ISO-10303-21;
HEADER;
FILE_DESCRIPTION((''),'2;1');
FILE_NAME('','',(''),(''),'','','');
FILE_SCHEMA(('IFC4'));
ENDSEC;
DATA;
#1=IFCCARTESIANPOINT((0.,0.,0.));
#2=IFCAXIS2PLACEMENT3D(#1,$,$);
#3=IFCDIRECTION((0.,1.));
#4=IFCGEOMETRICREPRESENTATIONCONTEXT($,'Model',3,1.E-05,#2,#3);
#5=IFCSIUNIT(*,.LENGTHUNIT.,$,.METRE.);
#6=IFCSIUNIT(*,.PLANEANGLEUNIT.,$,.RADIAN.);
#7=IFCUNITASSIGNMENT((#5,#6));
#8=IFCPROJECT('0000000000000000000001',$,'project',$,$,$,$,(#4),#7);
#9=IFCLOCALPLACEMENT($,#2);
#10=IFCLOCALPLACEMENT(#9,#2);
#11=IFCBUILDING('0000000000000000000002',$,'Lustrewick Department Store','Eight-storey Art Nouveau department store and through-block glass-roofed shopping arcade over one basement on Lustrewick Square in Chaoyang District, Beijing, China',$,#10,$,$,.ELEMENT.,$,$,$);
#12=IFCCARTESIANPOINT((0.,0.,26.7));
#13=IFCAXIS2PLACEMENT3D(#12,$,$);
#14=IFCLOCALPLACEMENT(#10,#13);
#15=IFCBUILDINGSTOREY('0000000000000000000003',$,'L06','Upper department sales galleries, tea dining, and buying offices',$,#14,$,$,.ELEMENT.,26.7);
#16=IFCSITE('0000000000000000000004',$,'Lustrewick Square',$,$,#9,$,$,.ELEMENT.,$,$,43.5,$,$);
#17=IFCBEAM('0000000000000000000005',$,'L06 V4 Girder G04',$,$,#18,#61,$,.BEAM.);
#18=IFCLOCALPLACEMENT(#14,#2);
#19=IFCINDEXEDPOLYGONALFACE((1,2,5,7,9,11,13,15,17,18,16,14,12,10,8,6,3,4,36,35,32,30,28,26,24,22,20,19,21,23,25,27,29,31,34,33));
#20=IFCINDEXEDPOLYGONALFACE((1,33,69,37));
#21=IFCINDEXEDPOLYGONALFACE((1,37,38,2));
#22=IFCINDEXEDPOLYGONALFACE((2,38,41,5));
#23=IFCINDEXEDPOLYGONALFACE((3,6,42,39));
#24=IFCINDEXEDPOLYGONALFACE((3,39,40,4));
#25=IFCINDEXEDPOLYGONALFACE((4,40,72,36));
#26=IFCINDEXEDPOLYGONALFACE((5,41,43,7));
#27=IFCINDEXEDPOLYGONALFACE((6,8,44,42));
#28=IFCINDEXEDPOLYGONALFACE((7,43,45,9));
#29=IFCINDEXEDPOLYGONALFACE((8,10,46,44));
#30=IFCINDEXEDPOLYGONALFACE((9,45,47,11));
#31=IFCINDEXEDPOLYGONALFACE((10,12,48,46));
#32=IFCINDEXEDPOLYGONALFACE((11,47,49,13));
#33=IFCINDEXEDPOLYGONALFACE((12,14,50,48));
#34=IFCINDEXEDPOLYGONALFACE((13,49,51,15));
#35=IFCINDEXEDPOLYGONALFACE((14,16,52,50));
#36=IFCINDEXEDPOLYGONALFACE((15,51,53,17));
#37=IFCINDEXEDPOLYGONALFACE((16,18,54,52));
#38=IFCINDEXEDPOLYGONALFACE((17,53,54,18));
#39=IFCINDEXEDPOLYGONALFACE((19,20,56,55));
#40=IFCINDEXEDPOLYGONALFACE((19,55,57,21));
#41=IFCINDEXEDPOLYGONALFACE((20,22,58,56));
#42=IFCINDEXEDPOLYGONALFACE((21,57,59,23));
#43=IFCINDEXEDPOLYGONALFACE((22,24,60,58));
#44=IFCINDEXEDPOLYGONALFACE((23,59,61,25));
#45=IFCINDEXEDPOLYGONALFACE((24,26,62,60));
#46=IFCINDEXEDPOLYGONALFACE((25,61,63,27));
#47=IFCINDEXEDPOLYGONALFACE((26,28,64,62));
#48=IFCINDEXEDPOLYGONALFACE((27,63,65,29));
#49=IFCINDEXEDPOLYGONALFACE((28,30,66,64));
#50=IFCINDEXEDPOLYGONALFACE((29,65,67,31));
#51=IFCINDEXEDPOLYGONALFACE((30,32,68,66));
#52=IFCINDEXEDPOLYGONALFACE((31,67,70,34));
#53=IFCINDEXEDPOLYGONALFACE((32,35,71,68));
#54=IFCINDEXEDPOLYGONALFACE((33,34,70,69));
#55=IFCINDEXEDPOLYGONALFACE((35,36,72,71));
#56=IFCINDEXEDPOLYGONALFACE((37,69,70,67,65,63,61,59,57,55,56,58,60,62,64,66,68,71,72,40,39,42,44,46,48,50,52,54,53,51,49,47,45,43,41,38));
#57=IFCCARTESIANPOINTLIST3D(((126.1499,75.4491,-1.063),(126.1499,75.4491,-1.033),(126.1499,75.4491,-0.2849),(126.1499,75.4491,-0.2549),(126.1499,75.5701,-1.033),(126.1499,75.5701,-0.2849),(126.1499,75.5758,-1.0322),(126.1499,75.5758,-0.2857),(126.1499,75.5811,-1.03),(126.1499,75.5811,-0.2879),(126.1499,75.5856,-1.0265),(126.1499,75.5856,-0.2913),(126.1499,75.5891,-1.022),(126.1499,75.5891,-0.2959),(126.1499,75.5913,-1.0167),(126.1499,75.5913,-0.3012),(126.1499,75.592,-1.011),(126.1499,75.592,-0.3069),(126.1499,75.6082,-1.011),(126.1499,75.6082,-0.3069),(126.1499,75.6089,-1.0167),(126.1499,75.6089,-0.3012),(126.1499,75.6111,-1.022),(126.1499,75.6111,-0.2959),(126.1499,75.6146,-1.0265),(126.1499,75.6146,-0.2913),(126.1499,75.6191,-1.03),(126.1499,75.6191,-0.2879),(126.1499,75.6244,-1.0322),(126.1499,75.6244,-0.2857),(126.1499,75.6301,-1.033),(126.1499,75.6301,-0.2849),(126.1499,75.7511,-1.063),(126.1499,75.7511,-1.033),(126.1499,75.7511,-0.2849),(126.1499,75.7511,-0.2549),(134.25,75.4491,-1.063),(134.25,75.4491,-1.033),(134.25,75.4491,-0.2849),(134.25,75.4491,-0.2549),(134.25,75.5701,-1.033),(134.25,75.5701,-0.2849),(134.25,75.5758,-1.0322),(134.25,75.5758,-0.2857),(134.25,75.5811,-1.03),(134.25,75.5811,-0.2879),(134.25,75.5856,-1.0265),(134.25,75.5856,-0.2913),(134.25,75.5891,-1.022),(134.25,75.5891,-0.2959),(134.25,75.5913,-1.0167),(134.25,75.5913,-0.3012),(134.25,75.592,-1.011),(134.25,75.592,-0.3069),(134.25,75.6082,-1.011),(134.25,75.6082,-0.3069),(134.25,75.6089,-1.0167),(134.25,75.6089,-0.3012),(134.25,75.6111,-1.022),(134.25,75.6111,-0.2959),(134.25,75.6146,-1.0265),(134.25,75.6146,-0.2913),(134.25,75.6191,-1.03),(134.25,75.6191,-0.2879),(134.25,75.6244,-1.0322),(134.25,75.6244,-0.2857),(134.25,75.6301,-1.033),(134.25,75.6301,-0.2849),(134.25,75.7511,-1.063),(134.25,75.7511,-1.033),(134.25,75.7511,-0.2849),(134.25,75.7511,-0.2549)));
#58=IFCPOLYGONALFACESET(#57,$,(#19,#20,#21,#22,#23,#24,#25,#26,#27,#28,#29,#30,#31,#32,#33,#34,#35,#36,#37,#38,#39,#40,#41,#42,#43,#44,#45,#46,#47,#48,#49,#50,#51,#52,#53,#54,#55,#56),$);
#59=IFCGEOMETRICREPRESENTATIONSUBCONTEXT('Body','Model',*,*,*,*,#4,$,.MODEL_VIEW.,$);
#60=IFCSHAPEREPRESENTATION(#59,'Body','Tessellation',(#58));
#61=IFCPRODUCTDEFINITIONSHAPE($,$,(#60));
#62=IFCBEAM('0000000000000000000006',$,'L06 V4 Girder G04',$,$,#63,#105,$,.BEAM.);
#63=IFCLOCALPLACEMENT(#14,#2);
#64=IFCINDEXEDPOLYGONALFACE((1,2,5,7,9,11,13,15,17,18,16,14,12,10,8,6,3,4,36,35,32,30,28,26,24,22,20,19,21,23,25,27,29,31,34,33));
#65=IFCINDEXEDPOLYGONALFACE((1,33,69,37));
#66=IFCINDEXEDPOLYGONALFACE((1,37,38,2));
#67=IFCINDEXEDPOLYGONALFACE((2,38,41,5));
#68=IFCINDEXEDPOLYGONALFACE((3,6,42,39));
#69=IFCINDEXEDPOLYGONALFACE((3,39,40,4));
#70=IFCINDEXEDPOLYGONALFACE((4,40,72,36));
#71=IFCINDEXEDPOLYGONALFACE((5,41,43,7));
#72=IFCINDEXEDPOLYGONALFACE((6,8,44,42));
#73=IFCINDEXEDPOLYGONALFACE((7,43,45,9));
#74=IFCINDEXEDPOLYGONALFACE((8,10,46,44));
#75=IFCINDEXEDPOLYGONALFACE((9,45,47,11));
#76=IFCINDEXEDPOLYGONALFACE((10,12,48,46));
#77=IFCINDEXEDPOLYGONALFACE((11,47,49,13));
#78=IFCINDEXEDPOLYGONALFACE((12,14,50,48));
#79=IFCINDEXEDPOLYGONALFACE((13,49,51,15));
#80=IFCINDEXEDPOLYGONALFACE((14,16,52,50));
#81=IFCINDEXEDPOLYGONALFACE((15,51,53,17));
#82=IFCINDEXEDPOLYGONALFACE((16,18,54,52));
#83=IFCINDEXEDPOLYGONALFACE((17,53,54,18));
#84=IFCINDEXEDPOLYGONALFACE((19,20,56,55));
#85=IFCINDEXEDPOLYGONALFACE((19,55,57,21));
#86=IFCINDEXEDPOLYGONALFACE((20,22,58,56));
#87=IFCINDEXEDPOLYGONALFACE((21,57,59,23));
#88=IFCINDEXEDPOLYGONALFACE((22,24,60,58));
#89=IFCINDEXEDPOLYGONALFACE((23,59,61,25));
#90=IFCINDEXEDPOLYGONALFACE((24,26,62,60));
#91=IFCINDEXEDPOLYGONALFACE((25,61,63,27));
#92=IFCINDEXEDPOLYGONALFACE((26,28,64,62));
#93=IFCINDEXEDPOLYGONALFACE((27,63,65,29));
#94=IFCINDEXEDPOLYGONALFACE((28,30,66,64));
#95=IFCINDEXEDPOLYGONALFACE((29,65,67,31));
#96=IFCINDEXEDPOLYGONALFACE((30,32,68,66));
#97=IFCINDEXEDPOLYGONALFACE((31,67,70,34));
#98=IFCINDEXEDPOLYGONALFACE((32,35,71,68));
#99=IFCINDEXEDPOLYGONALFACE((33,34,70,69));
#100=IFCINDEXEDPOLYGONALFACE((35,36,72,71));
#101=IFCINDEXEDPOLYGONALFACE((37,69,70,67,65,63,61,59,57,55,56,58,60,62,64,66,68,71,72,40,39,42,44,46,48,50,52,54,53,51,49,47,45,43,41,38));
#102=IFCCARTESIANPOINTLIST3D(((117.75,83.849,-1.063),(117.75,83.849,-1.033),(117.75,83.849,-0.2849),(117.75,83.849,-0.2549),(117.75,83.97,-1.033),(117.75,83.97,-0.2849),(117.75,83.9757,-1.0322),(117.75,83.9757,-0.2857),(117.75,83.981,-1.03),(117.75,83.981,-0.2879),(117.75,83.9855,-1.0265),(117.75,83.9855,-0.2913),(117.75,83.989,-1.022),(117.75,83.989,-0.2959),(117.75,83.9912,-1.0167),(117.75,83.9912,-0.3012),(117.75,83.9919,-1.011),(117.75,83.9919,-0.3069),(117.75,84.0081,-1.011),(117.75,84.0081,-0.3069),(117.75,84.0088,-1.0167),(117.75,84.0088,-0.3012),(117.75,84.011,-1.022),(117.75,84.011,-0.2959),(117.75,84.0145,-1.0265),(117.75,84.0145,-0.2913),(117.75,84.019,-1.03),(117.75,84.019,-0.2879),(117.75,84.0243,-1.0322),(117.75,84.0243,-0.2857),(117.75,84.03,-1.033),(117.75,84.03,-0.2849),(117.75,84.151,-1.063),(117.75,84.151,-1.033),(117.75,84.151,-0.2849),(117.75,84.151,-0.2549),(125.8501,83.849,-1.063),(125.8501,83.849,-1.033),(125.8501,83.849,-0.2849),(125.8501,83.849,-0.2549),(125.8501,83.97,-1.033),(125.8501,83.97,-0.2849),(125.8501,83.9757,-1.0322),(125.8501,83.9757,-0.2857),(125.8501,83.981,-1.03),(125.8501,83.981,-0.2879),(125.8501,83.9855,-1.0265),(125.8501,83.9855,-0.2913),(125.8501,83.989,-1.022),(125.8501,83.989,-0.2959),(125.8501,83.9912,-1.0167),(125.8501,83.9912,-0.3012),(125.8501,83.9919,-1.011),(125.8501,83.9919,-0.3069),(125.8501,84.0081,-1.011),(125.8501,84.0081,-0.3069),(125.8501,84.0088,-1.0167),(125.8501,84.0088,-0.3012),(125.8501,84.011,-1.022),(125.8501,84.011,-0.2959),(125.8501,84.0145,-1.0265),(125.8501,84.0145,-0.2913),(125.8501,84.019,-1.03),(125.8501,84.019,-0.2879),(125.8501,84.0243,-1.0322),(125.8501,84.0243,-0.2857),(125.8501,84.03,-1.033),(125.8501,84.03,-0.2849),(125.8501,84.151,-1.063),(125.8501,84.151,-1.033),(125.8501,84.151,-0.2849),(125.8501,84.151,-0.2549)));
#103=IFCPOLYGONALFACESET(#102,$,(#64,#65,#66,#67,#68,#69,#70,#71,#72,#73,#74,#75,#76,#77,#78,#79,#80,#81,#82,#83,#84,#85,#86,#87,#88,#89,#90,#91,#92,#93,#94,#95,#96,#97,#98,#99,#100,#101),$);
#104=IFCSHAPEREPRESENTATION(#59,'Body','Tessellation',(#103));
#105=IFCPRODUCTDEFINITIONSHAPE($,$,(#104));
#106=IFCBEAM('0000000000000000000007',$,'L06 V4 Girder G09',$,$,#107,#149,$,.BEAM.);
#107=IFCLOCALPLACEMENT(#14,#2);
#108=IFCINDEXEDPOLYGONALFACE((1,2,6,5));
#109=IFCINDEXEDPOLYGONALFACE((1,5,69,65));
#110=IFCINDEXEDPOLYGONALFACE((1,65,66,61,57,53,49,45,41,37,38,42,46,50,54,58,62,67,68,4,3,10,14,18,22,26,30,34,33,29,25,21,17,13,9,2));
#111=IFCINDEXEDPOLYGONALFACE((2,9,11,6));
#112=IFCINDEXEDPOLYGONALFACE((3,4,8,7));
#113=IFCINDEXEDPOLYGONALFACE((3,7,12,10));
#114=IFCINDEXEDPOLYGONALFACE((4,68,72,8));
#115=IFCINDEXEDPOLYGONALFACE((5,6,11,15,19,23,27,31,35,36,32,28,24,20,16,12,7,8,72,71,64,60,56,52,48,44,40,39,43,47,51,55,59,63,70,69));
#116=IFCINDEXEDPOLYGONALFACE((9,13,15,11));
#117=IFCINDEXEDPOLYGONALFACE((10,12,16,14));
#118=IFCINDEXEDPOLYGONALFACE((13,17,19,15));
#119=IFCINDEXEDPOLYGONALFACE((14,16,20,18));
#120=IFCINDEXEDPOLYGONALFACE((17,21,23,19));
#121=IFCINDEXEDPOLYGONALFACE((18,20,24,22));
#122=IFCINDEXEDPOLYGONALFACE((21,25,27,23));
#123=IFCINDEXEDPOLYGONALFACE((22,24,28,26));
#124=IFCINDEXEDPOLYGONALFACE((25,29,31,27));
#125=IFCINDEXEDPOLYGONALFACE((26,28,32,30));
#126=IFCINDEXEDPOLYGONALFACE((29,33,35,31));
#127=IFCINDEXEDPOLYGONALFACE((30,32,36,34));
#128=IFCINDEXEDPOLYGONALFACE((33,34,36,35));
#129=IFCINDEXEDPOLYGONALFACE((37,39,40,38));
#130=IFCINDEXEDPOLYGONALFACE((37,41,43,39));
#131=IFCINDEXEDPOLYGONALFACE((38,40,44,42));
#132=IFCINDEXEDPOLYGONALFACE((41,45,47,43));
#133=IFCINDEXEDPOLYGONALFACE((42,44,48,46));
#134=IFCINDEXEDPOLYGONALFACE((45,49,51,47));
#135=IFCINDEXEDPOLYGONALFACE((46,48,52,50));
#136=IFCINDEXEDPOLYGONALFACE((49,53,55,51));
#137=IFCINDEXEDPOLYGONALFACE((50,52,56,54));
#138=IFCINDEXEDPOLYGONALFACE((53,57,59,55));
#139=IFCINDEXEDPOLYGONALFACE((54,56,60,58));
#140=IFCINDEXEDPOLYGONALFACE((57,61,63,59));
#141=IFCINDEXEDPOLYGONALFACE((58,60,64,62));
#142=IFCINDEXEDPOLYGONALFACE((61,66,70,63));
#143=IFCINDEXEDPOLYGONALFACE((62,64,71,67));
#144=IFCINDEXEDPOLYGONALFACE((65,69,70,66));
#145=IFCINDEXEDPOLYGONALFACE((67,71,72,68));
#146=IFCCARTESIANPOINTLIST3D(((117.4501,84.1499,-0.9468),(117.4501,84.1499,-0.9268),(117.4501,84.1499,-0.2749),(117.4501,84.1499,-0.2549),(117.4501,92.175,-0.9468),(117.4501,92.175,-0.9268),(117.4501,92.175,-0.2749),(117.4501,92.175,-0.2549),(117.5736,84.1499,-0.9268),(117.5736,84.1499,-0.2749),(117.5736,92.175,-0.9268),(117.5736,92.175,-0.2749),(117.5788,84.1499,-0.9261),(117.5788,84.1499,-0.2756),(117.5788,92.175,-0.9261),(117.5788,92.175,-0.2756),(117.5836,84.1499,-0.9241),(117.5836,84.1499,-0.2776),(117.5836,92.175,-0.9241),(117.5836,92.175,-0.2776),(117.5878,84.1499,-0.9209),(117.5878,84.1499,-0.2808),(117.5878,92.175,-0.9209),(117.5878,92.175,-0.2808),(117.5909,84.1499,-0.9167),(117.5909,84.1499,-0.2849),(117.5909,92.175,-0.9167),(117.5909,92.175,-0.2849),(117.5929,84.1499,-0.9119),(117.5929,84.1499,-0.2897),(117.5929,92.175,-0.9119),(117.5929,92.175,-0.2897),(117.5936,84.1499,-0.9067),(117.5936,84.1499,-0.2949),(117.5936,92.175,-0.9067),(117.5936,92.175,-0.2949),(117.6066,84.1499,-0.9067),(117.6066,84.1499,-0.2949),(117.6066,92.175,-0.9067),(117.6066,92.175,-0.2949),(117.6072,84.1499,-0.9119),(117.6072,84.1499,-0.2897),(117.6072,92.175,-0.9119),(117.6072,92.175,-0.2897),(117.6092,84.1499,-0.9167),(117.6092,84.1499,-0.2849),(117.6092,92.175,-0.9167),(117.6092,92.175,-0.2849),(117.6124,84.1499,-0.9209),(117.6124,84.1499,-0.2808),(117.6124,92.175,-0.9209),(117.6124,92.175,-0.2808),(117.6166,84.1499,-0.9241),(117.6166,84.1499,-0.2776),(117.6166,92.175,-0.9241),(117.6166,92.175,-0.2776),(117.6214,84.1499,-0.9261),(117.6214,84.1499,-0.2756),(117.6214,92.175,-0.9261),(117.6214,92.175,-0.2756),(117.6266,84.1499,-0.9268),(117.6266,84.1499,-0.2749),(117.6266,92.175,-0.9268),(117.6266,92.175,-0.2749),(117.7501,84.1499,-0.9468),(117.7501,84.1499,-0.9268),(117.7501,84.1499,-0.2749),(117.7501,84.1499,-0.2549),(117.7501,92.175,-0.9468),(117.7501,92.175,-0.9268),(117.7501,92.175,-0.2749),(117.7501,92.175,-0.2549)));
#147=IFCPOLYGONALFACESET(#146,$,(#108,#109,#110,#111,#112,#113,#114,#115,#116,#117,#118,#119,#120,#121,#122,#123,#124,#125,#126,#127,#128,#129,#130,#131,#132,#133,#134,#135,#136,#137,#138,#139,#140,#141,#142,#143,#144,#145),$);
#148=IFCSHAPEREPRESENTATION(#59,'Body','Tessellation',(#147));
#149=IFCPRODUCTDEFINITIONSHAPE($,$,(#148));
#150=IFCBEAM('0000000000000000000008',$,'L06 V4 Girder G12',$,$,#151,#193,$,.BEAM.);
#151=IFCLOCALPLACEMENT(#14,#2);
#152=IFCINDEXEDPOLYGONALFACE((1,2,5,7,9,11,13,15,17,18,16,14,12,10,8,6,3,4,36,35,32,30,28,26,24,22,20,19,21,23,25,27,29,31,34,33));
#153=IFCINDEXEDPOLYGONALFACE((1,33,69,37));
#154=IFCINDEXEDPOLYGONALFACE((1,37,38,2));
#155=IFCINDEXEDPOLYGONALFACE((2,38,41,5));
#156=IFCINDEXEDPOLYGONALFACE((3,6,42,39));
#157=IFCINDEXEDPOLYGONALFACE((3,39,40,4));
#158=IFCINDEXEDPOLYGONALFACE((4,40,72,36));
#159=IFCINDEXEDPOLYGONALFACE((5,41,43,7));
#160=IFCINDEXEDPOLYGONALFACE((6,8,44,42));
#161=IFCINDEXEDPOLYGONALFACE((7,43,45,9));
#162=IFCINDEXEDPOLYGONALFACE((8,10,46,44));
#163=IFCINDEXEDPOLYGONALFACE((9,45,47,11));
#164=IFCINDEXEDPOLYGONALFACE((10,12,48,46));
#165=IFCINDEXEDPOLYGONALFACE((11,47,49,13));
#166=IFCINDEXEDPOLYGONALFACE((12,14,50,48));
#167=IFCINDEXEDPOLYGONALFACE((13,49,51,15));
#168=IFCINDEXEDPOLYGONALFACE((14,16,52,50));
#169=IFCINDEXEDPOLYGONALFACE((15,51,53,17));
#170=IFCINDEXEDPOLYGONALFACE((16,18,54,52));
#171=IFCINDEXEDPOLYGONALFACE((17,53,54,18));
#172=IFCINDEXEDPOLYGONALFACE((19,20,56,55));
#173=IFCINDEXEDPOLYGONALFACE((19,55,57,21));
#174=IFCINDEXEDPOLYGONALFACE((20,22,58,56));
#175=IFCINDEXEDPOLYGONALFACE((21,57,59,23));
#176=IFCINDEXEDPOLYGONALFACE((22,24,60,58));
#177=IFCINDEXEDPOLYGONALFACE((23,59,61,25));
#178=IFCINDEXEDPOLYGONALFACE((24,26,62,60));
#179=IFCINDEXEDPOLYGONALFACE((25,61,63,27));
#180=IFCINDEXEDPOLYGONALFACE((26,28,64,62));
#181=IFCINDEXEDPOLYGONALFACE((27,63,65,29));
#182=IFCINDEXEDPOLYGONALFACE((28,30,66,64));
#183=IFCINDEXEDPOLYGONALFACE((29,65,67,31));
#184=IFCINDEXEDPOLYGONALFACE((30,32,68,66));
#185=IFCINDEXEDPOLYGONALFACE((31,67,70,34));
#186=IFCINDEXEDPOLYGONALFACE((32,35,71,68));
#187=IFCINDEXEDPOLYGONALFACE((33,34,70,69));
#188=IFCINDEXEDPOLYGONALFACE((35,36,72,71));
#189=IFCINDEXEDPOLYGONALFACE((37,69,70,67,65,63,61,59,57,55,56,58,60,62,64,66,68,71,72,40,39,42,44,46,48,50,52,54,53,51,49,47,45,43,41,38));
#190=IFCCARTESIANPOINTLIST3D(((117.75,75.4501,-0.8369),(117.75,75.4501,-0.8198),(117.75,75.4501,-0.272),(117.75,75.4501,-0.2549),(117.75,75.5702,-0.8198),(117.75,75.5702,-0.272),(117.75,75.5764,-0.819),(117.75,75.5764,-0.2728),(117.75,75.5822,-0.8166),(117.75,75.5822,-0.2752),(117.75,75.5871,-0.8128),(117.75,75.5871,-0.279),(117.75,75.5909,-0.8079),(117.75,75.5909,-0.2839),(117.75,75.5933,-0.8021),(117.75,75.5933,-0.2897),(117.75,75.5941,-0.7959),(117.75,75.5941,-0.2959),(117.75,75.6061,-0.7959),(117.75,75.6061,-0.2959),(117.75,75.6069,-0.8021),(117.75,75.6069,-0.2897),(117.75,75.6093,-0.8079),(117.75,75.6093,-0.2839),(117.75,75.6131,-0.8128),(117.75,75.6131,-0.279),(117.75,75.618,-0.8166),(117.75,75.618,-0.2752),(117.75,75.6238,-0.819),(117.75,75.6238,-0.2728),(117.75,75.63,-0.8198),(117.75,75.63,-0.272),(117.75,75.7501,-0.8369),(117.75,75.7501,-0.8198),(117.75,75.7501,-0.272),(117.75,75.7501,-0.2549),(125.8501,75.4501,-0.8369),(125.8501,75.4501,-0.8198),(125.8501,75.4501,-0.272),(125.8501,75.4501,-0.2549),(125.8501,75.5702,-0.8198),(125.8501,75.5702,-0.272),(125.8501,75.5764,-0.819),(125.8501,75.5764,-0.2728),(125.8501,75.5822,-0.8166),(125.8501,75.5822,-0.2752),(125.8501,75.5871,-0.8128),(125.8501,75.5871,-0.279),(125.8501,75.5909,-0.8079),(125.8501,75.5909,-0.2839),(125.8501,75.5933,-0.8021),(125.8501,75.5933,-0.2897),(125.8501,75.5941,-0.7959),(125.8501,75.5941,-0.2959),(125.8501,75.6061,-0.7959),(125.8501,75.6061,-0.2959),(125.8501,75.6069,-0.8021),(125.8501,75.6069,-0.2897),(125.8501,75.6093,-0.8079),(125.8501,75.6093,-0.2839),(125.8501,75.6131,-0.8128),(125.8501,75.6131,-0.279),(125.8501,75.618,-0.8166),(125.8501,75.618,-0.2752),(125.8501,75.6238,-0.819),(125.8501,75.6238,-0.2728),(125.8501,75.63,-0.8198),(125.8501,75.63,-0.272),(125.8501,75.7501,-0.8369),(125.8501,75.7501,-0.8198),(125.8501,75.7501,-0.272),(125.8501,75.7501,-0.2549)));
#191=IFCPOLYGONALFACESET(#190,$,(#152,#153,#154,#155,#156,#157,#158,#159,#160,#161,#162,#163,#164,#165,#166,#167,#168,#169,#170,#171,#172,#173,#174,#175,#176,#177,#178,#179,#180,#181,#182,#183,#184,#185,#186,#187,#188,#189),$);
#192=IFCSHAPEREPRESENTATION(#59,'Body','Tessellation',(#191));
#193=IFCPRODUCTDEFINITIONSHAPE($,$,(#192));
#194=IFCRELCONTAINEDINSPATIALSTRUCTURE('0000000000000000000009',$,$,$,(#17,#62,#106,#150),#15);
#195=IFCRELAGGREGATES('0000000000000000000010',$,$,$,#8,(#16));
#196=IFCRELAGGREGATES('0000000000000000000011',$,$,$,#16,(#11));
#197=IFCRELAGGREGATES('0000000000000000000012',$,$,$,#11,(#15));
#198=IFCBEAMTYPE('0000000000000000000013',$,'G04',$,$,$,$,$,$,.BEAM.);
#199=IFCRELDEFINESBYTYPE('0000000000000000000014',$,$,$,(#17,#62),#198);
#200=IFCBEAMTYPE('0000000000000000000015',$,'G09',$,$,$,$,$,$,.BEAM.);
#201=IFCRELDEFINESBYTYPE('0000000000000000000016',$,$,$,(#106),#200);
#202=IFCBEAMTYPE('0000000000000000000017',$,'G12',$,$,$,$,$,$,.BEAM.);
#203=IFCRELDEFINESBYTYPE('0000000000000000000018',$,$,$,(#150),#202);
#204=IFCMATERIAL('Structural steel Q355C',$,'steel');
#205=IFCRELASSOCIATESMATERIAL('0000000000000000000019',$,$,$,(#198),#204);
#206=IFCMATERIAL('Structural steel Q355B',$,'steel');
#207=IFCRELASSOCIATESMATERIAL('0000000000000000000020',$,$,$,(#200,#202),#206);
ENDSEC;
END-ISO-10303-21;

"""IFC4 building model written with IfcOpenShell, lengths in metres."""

from ifc_helpers import new_model, si_unit, direction, frame, origin, origin_2d, place, context, subcontext, project, spatial, i_section, extrude, material, material_profile, profile_set, type_object, element, save


model = new_model("IFC4")

# Units and contexts
model_context = context("Model", 3, precision=1e-05, world=origin(), true_north=direction((0.0, 1.0)))
body_context = subcontext(model_context, "Body", "Model", "MODEL_VIEW")
ifc_project = project(units=[si_unit("LENGTHUNIT", "METRE"), si_unit("PLANEANGLEUNIT", "RADIAN")], contexts=[model_context])

# Site, building, storey
site_placement = place(None, origin())
site = spatial("IfcSite", under=ifc_project, at=site_placement, Name="Lustrewick Square", CompositionType="ELEMENT", RefElevation=43.5)
building_placement = place(site_placement, origin())
building = spatial("IfcBuilding", under=site, at=building_placement, Name="Lustrewick Department Store", Description="Eight-storey Art Nouveau department store and through-block glass-roofed shopping arcade over one basement on Lustrewick Square in Chaoyang District, Beijing, China", CompositionType="ELEMENT")
storey_placement = place(building_placement, frame((0.0, 0.0, 26.7)))
storey = spatial("IfcBuildingStorey", under=building, at=storey_placement, Name="L06", Description="Upper department sales galleries, tea dining, and buying offices", CompositionType="ELEMENT", Elevation=26.7)

# Shared definitions
ifc_material_1 = material(Name="Structural steel Q355B", Category="steel")

# Beams
ifc_material_2 = material(Name="Structural steel Q355C", Category="steel")
ifc_material_profile_1 = material_profile(ifc_material_2, i_section(OverallWidth=0.302, OverallDepth=0.8081, WebThickness=0.0161, FlangeThickness=0.03, FilletRadius=0.022, at=origin_2d()), Name="HN 808x302x16x30")
ifc_profile_set_1 = profile_set([ifc_material_profile_1], Name="Structural steel Q355C")
beam_type_1 = type_object("IfcBeamType", Name="G04", PredefinedType="BEAM", material=ifc_profile_set_1)
for number, where, z_axis, x_axis, name in (
    (1, (126.1499, 75.6001, -0.6589), (1.0, 0.0, 0.0), (0.0, 1.0, 0.0), "L06 V4 Girder G04"),
    (2, (117.75, 84.0, -0.6589), (1.0, 0.0, 0.0), (0.0, 1.0, 0.0), "L06 V4 Girder G04"),
):
    element("IfcBeam", number, at=place(storey_placement, frame(where, z_axis=z_axis, x_axis=x_axis)), inside=storey, type_object=beam_type_1, Name=name, PredefinedType="BEAM", context=body_context, shape_type="SweptSolid", body=[
        extrude(i_section(OverallWidth=0.302, OverallDepth=0.8081, WebThickness=0.0161, FlangeThickness=0.03, FilletRadius=0.022, at=origin_2d()), origin(), (0.0, 0.0, 1.0), 8.1001),
    ])
ifc_material_profile_2 = material_profile(ifc_material_1, i_section(OverallWidth=0.3, OverallDepth=0.6919, WebThickness=0.0129, FlangeThickness=0.02, FilletRadius=0.02, at=origin_2d()), Name="HN 692x300x13x20")
ifc_profile_set_2 = profile_set([ifc_material_profile_2], Name="Structural steel Q355B")
beam_type_2 = type_object("IfcBeamType", Name="G09", PredefinedType="BEAM", material=ifc_profile_set_2)
beam_1_placement = place(storey_placement, frame((117.6001, 84.1499, -0.6008), z_axis=(0.0, 1.0, 0.0), x_axis=(-1.0, 0.0, 0.0)))
element("IfcBeam", 3, at=beam_1_placement, inside=storey, type_object=beam_type_2, Name="L06 V4 Girder G09", PredefinedType="BEAM", context=body_context, shape_type="SweptSolid", body=[
    extrude(i_section(OverallWidth=0.3, OverallDepth=0.6919, WebThickness=0.0129, FlangeThickness=0.02, FilletRadius=0.02, at=origin_2d()), origin(), (0.0, 0.0, 1.0), 8.0251),
])
ifc_material_profile_3 = material_profile(ifc_material_1, i_section(OverallWidth=0.3, OverallDepth=0.582, WebThickness=0.012, FlangeThickness=0.0171, FilletRadius=0.0239, at=origin_2d()), Name="HM 582x300x12x17")
ifc_profile_set_3 = profile_set([ifc_material_profile_3], Name="Structural steel Q355B")
beam_type_3 = type_object("IfcBeamType", Name="G12", PredefinedType="BEAM", material=ifc_profile_set_3)
for number, where, z_axis, x_axis, name in (
    (4, (117.75, 75.6001, -0.5459), (1.0, 0.0, 0.0), (0.0, 1.0, 0.0), "L06 V4 Girder G12"),
):
    element("IfcBeam", number, at=place(storey_placement, frame(where, z_axis=z_axis, x_axis=x_axis)), inside=storey, type_object=beam_type_3, Name=name, PredefinedType="BEAM", context=body_context, shape_type="SweptSolid", body=[
        extrude(i_section(OverallWidth=0.3, OverallDepth=0.582, WebThickness=0.012, FlangeThickness=0.0171, FilletRadius=0.0239, at=origin_2d()), origin(), (0.0, 0.0, 1.0), 8.1001),
    ])

save(model, "model.ifc")
